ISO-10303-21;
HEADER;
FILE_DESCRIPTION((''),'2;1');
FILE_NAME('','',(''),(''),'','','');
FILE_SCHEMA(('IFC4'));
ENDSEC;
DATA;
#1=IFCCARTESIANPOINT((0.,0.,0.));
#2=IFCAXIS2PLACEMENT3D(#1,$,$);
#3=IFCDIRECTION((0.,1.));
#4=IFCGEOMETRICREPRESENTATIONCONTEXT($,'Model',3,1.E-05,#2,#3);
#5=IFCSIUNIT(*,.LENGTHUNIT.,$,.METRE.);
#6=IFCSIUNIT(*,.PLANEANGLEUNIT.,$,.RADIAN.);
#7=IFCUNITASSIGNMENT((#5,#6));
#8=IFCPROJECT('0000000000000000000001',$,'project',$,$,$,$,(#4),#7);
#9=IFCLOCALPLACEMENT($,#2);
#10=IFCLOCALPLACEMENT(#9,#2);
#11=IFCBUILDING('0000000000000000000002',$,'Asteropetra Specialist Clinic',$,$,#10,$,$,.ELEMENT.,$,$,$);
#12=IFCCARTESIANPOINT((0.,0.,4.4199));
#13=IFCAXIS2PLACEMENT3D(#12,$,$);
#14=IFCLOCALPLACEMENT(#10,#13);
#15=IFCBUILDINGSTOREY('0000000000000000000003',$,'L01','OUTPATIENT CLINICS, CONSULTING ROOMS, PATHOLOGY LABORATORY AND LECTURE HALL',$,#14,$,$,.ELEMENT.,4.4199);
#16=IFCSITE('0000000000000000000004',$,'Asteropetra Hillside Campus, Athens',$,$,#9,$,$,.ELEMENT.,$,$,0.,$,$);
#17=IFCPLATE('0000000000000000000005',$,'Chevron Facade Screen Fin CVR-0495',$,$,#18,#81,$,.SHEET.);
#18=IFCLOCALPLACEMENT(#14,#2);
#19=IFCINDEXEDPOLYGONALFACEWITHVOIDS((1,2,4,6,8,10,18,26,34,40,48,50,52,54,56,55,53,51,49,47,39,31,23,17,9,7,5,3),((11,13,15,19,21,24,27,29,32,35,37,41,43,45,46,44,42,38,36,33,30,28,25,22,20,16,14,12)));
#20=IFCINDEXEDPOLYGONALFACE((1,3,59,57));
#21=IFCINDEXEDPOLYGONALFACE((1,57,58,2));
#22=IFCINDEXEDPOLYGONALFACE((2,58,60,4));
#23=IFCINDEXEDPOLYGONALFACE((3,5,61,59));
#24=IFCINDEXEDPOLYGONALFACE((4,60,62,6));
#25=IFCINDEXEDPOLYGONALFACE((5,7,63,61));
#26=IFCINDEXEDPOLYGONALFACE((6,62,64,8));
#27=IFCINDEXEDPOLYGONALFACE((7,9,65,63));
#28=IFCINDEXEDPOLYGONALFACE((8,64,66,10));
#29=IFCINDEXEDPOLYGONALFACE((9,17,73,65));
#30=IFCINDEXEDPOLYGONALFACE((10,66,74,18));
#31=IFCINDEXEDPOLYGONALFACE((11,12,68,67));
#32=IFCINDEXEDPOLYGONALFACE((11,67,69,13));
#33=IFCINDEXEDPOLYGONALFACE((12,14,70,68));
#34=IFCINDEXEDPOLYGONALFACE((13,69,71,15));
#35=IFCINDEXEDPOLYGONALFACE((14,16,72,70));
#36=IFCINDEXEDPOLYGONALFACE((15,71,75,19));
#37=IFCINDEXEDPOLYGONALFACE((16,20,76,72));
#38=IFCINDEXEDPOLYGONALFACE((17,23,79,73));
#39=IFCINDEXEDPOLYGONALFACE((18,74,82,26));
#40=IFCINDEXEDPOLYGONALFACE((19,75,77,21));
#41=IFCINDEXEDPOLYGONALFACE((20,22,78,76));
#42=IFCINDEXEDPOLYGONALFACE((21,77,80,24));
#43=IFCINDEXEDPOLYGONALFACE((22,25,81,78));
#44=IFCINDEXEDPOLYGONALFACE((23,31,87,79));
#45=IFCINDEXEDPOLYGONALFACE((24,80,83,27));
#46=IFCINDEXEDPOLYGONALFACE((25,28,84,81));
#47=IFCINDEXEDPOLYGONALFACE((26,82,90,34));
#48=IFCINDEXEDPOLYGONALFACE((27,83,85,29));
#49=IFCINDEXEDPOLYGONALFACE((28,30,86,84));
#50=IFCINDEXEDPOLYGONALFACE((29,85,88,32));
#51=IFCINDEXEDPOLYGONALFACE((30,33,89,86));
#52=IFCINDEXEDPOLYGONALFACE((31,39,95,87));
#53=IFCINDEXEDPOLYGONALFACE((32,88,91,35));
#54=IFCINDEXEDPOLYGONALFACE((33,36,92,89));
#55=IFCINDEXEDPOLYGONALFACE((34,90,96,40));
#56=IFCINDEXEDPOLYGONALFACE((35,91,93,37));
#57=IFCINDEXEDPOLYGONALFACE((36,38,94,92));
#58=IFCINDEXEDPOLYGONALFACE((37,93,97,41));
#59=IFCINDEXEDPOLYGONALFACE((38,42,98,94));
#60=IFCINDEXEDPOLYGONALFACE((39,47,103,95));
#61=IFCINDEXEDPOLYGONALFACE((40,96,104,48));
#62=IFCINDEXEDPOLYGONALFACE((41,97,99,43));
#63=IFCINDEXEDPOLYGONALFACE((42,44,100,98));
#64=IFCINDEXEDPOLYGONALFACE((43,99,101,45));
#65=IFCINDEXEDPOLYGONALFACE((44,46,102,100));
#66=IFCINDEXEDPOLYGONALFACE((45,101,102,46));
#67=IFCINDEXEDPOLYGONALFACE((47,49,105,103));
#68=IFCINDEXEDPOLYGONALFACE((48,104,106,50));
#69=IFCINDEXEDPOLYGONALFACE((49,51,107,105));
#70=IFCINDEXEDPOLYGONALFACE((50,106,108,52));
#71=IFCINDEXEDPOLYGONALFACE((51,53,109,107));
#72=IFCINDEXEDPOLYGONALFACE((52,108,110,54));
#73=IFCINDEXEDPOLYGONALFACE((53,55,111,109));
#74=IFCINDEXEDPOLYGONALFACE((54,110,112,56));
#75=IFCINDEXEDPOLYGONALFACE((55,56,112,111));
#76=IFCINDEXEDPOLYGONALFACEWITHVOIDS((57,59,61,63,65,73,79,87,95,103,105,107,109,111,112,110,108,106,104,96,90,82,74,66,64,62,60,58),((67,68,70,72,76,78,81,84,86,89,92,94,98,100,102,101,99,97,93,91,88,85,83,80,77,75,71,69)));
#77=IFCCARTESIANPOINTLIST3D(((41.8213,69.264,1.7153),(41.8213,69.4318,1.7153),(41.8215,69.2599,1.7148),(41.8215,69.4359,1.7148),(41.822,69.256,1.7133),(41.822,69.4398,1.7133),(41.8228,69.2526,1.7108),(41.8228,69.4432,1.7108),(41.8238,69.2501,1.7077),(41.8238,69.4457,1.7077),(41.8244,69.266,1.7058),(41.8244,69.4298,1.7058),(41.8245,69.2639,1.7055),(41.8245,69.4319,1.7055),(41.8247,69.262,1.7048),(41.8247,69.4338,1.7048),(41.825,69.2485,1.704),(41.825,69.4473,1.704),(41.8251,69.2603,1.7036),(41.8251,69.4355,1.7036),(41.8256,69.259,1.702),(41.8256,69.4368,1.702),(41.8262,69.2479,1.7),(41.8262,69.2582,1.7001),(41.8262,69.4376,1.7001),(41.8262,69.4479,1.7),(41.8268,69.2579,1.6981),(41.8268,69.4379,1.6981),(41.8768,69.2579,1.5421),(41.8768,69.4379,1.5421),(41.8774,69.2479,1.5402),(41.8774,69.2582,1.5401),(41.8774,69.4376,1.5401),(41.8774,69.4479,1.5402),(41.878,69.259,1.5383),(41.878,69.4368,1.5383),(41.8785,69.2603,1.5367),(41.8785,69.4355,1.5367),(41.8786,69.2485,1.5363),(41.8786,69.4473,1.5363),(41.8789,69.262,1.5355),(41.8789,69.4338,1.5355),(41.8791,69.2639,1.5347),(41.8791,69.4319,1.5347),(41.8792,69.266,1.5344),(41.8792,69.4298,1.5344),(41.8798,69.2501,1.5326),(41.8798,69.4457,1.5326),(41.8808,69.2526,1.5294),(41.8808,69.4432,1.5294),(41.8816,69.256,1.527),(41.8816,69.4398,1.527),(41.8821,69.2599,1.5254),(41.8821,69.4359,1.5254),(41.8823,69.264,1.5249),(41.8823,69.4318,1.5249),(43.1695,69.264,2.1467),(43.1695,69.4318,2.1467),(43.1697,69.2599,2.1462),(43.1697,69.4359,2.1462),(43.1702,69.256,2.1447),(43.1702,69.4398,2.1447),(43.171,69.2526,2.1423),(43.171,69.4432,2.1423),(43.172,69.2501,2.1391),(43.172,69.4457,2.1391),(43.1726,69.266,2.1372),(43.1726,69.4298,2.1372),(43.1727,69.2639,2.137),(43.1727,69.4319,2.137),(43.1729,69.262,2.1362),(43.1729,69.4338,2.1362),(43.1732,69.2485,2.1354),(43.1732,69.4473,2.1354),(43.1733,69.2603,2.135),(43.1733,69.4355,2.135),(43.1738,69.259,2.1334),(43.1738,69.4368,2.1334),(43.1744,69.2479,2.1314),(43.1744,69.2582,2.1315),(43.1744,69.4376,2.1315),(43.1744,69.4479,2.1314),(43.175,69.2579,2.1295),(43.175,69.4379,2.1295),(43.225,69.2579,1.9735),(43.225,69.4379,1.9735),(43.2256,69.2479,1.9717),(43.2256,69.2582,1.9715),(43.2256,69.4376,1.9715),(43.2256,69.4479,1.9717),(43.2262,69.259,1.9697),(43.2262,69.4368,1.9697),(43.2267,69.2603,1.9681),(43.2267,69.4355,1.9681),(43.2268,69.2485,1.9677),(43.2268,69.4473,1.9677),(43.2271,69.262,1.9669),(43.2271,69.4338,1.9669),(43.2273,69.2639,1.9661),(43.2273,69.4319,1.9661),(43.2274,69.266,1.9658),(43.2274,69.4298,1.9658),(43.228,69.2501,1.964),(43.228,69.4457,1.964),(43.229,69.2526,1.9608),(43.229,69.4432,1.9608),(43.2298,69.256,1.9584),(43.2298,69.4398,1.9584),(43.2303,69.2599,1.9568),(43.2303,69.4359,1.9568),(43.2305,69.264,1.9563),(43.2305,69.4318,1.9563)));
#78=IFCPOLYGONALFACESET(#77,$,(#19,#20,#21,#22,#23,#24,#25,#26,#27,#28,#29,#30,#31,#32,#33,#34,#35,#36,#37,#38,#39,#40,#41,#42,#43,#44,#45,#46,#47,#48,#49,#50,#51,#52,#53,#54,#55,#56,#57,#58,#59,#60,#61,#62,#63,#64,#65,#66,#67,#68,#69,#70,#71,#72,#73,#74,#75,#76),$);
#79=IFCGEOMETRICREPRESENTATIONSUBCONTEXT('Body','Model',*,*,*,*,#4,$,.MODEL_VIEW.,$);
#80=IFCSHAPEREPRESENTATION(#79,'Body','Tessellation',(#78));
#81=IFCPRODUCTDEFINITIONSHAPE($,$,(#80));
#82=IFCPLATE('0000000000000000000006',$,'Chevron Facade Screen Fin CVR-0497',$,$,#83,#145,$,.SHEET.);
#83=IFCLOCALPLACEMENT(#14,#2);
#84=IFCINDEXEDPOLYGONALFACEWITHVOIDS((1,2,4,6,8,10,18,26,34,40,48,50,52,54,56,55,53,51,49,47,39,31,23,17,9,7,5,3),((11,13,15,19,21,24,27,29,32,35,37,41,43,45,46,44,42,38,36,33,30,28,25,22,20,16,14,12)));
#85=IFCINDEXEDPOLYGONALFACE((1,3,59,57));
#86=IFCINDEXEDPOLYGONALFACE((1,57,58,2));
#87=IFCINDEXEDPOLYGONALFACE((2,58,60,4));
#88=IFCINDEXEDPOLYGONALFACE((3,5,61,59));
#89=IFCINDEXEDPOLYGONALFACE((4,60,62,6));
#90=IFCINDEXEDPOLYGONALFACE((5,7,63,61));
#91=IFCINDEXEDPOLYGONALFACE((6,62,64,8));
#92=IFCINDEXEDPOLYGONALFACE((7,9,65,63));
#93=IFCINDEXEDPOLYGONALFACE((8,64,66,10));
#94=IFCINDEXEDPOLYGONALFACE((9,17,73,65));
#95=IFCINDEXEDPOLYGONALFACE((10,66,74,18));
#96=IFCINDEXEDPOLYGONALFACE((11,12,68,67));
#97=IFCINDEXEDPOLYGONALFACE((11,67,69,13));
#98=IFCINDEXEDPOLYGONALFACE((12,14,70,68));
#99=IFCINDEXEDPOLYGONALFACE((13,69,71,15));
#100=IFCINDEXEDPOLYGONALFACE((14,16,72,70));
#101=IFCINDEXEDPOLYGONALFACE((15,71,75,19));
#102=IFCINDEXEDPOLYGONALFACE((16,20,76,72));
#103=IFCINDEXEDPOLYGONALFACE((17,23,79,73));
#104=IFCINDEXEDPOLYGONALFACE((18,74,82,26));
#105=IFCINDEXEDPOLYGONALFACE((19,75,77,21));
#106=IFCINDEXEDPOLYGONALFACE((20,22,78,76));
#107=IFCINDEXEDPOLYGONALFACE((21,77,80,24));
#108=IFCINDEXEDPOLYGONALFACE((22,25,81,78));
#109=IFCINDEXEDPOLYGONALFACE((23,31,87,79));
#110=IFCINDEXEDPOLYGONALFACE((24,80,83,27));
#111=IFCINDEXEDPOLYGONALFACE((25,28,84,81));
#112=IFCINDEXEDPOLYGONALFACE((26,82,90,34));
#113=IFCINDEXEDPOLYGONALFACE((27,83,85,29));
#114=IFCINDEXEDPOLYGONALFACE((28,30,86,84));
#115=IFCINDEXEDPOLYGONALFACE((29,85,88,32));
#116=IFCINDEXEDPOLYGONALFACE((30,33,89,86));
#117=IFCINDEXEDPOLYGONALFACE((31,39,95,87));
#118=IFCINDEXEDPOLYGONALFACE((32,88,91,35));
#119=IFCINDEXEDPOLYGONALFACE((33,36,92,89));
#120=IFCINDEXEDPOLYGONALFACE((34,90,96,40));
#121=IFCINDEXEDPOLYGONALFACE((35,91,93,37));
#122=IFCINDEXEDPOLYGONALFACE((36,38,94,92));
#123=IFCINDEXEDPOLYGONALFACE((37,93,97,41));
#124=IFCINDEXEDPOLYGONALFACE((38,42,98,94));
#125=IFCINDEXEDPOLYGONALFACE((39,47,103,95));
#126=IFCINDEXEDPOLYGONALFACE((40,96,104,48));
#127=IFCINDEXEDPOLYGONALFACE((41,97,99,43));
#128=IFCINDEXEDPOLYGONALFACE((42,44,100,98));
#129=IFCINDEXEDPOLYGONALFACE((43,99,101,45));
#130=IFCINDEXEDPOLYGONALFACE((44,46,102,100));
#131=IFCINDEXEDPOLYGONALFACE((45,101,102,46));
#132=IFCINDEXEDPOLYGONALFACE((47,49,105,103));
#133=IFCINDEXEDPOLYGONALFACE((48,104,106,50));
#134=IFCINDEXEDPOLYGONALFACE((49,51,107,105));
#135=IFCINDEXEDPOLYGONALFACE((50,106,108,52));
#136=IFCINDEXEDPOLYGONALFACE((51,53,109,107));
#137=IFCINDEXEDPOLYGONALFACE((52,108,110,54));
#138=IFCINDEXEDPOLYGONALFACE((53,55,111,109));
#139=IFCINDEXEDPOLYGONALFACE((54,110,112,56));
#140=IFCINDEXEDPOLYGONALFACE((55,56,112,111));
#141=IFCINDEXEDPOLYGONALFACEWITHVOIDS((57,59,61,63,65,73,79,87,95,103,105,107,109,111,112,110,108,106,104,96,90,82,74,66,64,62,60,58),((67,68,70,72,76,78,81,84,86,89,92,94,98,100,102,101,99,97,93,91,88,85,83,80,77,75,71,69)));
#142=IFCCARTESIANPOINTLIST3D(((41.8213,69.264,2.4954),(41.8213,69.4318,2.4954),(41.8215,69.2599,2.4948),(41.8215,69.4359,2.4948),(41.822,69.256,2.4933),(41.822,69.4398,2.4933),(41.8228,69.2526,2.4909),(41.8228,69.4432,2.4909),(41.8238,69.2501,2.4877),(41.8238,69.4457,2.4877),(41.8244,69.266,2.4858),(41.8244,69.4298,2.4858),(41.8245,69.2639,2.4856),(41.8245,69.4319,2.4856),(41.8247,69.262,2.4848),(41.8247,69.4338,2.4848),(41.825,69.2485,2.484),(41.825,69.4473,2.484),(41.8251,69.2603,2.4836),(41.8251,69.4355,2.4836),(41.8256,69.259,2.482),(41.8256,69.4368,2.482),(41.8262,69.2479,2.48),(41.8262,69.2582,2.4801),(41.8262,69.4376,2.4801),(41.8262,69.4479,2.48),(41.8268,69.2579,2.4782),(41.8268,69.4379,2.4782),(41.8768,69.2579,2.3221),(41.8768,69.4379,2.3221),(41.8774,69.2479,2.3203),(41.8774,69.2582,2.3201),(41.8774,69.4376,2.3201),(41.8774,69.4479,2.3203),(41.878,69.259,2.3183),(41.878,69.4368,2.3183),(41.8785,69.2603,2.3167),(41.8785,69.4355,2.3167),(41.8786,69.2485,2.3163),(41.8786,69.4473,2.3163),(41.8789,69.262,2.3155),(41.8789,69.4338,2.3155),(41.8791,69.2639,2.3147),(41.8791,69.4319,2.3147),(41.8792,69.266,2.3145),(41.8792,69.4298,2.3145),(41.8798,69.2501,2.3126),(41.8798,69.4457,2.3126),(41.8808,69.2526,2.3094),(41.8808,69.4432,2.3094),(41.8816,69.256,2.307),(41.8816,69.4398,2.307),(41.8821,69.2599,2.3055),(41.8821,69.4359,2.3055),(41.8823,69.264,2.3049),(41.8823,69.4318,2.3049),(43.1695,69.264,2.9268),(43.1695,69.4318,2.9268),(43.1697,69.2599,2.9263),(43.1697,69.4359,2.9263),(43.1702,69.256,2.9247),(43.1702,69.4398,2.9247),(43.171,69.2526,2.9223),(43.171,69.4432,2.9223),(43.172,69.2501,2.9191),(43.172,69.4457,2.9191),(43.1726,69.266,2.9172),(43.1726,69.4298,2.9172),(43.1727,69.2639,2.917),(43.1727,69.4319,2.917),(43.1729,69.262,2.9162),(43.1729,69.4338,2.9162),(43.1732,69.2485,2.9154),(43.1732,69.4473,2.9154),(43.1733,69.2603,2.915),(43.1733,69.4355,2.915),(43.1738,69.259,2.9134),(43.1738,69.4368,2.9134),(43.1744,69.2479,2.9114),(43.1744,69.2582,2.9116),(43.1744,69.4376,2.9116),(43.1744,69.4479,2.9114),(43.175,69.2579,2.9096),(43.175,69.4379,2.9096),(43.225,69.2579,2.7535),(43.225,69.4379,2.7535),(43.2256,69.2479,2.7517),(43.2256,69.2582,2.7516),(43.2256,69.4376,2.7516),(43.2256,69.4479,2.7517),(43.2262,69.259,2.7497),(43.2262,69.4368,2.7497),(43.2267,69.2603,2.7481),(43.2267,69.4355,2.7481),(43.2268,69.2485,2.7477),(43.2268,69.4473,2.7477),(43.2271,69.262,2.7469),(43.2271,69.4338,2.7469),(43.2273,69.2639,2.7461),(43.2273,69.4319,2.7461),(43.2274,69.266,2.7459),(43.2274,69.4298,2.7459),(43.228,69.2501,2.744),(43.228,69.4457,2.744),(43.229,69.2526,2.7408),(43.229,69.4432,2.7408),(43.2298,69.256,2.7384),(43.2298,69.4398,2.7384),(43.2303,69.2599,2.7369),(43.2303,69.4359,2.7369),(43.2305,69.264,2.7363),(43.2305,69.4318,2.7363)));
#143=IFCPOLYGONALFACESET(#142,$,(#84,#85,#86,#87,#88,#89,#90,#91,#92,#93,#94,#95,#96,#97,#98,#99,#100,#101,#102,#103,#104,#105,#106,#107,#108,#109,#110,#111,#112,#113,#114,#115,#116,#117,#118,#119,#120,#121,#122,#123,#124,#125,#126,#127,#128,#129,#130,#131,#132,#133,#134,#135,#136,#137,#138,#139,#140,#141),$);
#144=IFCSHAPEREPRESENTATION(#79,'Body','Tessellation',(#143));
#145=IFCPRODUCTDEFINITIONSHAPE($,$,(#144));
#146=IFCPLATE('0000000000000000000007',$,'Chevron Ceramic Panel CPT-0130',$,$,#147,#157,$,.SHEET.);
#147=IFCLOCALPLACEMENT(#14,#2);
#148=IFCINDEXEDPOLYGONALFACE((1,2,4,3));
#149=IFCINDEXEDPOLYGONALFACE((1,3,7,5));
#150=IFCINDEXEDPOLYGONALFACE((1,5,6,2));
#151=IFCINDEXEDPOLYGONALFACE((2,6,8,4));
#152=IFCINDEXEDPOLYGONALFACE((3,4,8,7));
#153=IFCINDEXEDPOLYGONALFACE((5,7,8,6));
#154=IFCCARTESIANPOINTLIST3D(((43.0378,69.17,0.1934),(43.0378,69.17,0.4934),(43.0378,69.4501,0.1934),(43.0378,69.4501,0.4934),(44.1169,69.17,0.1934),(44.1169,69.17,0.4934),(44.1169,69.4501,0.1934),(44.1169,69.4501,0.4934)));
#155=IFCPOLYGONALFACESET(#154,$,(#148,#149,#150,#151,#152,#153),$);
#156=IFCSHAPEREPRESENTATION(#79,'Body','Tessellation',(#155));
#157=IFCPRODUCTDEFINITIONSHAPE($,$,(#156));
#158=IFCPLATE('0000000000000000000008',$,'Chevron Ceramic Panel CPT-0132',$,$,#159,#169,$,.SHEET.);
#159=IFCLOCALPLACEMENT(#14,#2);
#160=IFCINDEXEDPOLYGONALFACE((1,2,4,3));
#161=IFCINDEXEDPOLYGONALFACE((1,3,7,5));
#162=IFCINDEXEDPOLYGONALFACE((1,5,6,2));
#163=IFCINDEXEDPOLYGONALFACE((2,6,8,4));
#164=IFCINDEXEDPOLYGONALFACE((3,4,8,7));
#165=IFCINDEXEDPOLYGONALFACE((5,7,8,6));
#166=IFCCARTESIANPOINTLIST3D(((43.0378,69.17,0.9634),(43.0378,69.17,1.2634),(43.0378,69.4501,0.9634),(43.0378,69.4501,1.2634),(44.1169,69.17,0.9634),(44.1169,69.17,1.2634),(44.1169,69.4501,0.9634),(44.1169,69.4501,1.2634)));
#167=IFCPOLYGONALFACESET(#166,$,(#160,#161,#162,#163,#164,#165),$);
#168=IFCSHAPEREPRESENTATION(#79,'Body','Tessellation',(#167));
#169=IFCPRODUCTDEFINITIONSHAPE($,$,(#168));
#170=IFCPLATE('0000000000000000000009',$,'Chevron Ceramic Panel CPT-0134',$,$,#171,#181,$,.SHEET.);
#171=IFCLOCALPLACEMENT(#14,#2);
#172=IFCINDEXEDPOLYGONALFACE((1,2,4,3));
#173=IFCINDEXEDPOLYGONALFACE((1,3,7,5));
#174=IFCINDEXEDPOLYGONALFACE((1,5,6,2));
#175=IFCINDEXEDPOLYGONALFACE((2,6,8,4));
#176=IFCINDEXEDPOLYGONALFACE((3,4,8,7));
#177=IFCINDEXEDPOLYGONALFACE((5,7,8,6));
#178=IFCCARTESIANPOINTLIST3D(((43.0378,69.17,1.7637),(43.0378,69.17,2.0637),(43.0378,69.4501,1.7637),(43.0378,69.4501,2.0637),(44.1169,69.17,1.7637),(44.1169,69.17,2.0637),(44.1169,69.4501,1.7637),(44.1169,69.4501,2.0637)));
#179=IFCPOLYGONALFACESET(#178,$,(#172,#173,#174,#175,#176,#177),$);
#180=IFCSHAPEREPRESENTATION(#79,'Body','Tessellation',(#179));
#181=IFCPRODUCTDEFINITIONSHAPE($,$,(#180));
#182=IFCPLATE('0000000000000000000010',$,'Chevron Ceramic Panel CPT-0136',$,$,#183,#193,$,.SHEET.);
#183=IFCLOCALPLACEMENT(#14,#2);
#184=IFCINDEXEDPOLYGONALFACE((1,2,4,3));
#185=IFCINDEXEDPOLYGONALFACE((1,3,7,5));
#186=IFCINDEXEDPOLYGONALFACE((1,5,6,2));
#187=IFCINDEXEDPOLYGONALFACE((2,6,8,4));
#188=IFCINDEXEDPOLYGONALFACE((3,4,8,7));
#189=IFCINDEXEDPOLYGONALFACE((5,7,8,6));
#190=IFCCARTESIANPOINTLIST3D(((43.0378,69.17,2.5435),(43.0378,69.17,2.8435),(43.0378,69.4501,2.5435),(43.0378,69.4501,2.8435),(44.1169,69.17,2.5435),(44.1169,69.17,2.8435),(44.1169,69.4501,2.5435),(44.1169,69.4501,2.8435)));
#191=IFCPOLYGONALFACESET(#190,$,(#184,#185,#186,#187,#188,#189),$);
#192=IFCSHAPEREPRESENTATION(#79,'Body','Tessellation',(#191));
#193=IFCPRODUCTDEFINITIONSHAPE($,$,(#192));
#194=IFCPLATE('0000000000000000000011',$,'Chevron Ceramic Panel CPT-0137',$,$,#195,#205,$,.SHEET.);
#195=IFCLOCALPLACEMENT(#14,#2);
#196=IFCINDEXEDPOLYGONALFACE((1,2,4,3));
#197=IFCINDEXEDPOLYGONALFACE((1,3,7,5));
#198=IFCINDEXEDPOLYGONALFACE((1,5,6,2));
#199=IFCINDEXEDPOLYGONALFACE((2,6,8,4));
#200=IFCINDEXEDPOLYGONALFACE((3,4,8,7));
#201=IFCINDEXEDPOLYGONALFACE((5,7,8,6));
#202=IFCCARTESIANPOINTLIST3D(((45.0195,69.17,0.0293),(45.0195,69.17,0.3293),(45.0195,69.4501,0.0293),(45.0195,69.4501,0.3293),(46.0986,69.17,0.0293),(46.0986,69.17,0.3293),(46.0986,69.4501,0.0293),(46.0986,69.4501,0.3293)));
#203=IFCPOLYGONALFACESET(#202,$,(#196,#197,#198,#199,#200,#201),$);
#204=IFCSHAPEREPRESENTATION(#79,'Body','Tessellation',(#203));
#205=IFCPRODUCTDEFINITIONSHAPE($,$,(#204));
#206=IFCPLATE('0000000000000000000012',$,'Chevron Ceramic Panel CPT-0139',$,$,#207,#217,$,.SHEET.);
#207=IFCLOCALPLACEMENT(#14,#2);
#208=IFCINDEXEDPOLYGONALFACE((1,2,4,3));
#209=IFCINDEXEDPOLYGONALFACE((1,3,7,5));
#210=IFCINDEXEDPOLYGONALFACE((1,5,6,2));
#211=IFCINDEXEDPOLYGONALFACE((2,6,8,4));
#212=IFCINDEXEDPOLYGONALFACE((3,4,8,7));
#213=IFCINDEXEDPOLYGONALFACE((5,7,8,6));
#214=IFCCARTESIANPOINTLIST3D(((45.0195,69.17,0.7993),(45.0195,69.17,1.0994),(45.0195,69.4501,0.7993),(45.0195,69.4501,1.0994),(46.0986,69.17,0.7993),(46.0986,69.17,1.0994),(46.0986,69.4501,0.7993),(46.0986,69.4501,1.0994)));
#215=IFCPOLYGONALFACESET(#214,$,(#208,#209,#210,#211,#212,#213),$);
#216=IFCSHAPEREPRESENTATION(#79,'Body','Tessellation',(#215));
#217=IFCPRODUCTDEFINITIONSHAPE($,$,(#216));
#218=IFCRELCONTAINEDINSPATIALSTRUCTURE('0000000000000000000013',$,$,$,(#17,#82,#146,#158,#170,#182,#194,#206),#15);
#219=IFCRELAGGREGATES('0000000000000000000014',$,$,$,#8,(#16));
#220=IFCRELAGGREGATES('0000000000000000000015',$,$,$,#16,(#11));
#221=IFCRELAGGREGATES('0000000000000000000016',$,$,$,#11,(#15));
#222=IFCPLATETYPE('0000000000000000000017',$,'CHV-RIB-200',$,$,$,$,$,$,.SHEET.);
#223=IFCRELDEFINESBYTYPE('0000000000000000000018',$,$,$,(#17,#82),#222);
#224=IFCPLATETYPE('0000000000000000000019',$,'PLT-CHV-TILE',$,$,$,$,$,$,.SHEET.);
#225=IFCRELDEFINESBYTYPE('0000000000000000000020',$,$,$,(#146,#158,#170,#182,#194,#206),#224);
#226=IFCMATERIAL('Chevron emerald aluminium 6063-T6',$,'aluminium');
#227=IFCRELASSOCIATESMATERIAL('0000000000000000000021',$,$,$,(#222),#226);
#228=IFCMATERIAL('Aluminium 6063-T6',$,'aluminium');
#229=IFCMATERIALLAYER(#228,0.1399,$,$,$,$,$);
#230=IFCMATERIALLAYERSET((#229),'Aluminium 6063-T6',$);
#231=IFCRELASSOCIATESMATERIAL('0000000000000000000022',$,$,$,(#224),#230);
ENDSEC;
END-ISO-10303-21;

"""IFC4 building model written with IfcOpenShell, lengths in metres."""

from ifc_helpers import new_model, si_unit, direction, frame, origin, origin_2d, place, context, subcontext, project, spatial, rectangle, hollow_rectangle, extrude, material, layer, layer_set, material_profile, profile_set, type_object, element, save


model = new_model("IFC4")

# Units and contexts
model_context = context("Model", 3, precision=1e-05, world=origin(), true_north=direction((0.0, 1.0)))
body_context = subcontext(model_context, "Body", "Model", "MODEL_VIEW")
ifc_project = project(units=[si_unit("LENGTHUNIT", "METRE"), si_unit("PLANEANGLEUNIT", "RADIAN")], contexts=[model_context])

# Site, building, storey
site_placement = place(None, origin())
site = spatial("IfcSite", under=ifc_project, at=site_placement, Name="Asteropetra Hillside Campus, Athens", CompositionType="ELEMENT", RefElevation=0.0)
building_placement = place(site_placement, origin())
building = spatial("IfcBuilding", under=site, at=building_placement, Name="Asteropetra Specialist Clinic", CompositionType="ELEMENT")
storey_placement = place(building_placement, frame((0.0, 0.0, 4.4199)))
storey = spatial("IfcBuildingStorey", under=building, at=storey_placement, Name="L01", Description="OUTPATIENT CLINICS, CONSULTING ROOMS, PATHOLOGY LABORATORY AND LECTURE HALL", CompositionType="ELEMENT", Elevation=4.4199)

# Plates
ifc_material_1 = material(Name="Chevron emerald aluminium 6063-T6", Category="aluminium")
ifc_material_profile = material_profile(ifc_material_1, hollow_rectangle(XDim=0.2, YDim=0.2, WallThickness=0.01, InnerFilletRadius=0.0081, OuterFilletRadius=0.0161, at=origin_2d()), Name="SHS 200x200x10.0")
ifc_profile_set = profile_set([ifc_material_profile], Name="Chevron emerald aluminium 6063-T6")
plate_type_1 = type_object("IfcPlateType", Name="CHV-RIB-200", PredefinedType="SHEET", material=ifc_profile_set)
for number, where, z_axis, x_axis, name in (
    (1, (41.8518, 69.3479, 1.6201), (0.952426, 0.0, 0.304769), (0.0, 1.0, 0.0), "Chevron Facade Screen Fin CVR-0495"),
    (2, (41.8518, 69.3479, 2.4001), (0.952426, 0.0, 0.304769), (0.0, 1.0, 0.0), "Chevron Facade Screen Fin CVR-0497"),
):
    element("IfcPlate", number, at=place(storey_placement, frame(where, z_axis=z_axis, x_axis=x_axis)), inside=storey, type_object=plate_type_1, Name=name, PredefinedType="SHEET", context=body_context, shape_type="SweptSolid", body=[
        extrude(hollow_rectangle(XDim=0.2, YDim=0.2, WallThickness=0.01, InnerFilletRadius=0.0081, OuterFilletRadius=0.0161, at=origin_2d()), origin(), (0.0, 0.0, 1.0), 1.4155),
    ])
ifc_material_2 = material(Name="Aluminium 6063-T6", Category="aluminium")
ifc_layer = layer(ifc_material_2, 0.1399)
ifc_layer_set = layer_set([ifc_layer], Name="Aluminium 6063-T6")
plate_type_2 = type_object("IfcPlateType", Name="PLT-CHV-TILE", PredefinedType="SHEET", material=ifc_layer_set)
for number, where, z_axis, x_axis, name in (
    (3, (43.5774, 69.3101, 0.1934), (0.0, 0.0, 1.0), (1.0, 0.0, 0.0), "Chevron Ceramic Panel CPT-0130"),
    (4, (43.5774, 69.3101, 0.9634), (0.0, 0.0, 1.0), (1.0, 0.0, 0.0), "Chevron Ceramic Panel CPT-0132"),
    (5, (43.5774, 69.3101, 1.7637), (0.0, 0.0, 1.0), (1.0, 0.0, 0.0), "Chevron Ceramic Panel CPT-0134"),
    (6, (43.5774, 69.3101, 2.5435), (0.0, 0.0, 1.0), (1.0, 0.0, 0.0), "Chevron Ceramic Panel CPT-0136"),
    (7, (45.5591, 69.3101, 0.0293), (0.0, 0.0, 1.0), (1.0, 0.0, 0.0), "Chevron Ceramic Panel CPT-0137"),
    (8, (45.5591, 69.3101, 0.7993), (0.0, 0.0, 1.0), (1.0, 0.0, 0.0), "Chevron Ceramic Panel CPT-0139"),
):
    element("IfcPlate", number, at=place(storey_placement, frame(where, z_axis=z_axis, x_axis=x_axis)), inside=storey, type_object=plate_type_2, Name=name, PredefinedType="SHEET", context=body_context, shape_type="SweptSolid", body=[
        extrude(rectangle(XDim=1.0791, YDim=0.28, at=origin_2d()), origin(), (0.0, 0.0, 1.0), 0.3),
    ])

save(model, "model.ifc")
